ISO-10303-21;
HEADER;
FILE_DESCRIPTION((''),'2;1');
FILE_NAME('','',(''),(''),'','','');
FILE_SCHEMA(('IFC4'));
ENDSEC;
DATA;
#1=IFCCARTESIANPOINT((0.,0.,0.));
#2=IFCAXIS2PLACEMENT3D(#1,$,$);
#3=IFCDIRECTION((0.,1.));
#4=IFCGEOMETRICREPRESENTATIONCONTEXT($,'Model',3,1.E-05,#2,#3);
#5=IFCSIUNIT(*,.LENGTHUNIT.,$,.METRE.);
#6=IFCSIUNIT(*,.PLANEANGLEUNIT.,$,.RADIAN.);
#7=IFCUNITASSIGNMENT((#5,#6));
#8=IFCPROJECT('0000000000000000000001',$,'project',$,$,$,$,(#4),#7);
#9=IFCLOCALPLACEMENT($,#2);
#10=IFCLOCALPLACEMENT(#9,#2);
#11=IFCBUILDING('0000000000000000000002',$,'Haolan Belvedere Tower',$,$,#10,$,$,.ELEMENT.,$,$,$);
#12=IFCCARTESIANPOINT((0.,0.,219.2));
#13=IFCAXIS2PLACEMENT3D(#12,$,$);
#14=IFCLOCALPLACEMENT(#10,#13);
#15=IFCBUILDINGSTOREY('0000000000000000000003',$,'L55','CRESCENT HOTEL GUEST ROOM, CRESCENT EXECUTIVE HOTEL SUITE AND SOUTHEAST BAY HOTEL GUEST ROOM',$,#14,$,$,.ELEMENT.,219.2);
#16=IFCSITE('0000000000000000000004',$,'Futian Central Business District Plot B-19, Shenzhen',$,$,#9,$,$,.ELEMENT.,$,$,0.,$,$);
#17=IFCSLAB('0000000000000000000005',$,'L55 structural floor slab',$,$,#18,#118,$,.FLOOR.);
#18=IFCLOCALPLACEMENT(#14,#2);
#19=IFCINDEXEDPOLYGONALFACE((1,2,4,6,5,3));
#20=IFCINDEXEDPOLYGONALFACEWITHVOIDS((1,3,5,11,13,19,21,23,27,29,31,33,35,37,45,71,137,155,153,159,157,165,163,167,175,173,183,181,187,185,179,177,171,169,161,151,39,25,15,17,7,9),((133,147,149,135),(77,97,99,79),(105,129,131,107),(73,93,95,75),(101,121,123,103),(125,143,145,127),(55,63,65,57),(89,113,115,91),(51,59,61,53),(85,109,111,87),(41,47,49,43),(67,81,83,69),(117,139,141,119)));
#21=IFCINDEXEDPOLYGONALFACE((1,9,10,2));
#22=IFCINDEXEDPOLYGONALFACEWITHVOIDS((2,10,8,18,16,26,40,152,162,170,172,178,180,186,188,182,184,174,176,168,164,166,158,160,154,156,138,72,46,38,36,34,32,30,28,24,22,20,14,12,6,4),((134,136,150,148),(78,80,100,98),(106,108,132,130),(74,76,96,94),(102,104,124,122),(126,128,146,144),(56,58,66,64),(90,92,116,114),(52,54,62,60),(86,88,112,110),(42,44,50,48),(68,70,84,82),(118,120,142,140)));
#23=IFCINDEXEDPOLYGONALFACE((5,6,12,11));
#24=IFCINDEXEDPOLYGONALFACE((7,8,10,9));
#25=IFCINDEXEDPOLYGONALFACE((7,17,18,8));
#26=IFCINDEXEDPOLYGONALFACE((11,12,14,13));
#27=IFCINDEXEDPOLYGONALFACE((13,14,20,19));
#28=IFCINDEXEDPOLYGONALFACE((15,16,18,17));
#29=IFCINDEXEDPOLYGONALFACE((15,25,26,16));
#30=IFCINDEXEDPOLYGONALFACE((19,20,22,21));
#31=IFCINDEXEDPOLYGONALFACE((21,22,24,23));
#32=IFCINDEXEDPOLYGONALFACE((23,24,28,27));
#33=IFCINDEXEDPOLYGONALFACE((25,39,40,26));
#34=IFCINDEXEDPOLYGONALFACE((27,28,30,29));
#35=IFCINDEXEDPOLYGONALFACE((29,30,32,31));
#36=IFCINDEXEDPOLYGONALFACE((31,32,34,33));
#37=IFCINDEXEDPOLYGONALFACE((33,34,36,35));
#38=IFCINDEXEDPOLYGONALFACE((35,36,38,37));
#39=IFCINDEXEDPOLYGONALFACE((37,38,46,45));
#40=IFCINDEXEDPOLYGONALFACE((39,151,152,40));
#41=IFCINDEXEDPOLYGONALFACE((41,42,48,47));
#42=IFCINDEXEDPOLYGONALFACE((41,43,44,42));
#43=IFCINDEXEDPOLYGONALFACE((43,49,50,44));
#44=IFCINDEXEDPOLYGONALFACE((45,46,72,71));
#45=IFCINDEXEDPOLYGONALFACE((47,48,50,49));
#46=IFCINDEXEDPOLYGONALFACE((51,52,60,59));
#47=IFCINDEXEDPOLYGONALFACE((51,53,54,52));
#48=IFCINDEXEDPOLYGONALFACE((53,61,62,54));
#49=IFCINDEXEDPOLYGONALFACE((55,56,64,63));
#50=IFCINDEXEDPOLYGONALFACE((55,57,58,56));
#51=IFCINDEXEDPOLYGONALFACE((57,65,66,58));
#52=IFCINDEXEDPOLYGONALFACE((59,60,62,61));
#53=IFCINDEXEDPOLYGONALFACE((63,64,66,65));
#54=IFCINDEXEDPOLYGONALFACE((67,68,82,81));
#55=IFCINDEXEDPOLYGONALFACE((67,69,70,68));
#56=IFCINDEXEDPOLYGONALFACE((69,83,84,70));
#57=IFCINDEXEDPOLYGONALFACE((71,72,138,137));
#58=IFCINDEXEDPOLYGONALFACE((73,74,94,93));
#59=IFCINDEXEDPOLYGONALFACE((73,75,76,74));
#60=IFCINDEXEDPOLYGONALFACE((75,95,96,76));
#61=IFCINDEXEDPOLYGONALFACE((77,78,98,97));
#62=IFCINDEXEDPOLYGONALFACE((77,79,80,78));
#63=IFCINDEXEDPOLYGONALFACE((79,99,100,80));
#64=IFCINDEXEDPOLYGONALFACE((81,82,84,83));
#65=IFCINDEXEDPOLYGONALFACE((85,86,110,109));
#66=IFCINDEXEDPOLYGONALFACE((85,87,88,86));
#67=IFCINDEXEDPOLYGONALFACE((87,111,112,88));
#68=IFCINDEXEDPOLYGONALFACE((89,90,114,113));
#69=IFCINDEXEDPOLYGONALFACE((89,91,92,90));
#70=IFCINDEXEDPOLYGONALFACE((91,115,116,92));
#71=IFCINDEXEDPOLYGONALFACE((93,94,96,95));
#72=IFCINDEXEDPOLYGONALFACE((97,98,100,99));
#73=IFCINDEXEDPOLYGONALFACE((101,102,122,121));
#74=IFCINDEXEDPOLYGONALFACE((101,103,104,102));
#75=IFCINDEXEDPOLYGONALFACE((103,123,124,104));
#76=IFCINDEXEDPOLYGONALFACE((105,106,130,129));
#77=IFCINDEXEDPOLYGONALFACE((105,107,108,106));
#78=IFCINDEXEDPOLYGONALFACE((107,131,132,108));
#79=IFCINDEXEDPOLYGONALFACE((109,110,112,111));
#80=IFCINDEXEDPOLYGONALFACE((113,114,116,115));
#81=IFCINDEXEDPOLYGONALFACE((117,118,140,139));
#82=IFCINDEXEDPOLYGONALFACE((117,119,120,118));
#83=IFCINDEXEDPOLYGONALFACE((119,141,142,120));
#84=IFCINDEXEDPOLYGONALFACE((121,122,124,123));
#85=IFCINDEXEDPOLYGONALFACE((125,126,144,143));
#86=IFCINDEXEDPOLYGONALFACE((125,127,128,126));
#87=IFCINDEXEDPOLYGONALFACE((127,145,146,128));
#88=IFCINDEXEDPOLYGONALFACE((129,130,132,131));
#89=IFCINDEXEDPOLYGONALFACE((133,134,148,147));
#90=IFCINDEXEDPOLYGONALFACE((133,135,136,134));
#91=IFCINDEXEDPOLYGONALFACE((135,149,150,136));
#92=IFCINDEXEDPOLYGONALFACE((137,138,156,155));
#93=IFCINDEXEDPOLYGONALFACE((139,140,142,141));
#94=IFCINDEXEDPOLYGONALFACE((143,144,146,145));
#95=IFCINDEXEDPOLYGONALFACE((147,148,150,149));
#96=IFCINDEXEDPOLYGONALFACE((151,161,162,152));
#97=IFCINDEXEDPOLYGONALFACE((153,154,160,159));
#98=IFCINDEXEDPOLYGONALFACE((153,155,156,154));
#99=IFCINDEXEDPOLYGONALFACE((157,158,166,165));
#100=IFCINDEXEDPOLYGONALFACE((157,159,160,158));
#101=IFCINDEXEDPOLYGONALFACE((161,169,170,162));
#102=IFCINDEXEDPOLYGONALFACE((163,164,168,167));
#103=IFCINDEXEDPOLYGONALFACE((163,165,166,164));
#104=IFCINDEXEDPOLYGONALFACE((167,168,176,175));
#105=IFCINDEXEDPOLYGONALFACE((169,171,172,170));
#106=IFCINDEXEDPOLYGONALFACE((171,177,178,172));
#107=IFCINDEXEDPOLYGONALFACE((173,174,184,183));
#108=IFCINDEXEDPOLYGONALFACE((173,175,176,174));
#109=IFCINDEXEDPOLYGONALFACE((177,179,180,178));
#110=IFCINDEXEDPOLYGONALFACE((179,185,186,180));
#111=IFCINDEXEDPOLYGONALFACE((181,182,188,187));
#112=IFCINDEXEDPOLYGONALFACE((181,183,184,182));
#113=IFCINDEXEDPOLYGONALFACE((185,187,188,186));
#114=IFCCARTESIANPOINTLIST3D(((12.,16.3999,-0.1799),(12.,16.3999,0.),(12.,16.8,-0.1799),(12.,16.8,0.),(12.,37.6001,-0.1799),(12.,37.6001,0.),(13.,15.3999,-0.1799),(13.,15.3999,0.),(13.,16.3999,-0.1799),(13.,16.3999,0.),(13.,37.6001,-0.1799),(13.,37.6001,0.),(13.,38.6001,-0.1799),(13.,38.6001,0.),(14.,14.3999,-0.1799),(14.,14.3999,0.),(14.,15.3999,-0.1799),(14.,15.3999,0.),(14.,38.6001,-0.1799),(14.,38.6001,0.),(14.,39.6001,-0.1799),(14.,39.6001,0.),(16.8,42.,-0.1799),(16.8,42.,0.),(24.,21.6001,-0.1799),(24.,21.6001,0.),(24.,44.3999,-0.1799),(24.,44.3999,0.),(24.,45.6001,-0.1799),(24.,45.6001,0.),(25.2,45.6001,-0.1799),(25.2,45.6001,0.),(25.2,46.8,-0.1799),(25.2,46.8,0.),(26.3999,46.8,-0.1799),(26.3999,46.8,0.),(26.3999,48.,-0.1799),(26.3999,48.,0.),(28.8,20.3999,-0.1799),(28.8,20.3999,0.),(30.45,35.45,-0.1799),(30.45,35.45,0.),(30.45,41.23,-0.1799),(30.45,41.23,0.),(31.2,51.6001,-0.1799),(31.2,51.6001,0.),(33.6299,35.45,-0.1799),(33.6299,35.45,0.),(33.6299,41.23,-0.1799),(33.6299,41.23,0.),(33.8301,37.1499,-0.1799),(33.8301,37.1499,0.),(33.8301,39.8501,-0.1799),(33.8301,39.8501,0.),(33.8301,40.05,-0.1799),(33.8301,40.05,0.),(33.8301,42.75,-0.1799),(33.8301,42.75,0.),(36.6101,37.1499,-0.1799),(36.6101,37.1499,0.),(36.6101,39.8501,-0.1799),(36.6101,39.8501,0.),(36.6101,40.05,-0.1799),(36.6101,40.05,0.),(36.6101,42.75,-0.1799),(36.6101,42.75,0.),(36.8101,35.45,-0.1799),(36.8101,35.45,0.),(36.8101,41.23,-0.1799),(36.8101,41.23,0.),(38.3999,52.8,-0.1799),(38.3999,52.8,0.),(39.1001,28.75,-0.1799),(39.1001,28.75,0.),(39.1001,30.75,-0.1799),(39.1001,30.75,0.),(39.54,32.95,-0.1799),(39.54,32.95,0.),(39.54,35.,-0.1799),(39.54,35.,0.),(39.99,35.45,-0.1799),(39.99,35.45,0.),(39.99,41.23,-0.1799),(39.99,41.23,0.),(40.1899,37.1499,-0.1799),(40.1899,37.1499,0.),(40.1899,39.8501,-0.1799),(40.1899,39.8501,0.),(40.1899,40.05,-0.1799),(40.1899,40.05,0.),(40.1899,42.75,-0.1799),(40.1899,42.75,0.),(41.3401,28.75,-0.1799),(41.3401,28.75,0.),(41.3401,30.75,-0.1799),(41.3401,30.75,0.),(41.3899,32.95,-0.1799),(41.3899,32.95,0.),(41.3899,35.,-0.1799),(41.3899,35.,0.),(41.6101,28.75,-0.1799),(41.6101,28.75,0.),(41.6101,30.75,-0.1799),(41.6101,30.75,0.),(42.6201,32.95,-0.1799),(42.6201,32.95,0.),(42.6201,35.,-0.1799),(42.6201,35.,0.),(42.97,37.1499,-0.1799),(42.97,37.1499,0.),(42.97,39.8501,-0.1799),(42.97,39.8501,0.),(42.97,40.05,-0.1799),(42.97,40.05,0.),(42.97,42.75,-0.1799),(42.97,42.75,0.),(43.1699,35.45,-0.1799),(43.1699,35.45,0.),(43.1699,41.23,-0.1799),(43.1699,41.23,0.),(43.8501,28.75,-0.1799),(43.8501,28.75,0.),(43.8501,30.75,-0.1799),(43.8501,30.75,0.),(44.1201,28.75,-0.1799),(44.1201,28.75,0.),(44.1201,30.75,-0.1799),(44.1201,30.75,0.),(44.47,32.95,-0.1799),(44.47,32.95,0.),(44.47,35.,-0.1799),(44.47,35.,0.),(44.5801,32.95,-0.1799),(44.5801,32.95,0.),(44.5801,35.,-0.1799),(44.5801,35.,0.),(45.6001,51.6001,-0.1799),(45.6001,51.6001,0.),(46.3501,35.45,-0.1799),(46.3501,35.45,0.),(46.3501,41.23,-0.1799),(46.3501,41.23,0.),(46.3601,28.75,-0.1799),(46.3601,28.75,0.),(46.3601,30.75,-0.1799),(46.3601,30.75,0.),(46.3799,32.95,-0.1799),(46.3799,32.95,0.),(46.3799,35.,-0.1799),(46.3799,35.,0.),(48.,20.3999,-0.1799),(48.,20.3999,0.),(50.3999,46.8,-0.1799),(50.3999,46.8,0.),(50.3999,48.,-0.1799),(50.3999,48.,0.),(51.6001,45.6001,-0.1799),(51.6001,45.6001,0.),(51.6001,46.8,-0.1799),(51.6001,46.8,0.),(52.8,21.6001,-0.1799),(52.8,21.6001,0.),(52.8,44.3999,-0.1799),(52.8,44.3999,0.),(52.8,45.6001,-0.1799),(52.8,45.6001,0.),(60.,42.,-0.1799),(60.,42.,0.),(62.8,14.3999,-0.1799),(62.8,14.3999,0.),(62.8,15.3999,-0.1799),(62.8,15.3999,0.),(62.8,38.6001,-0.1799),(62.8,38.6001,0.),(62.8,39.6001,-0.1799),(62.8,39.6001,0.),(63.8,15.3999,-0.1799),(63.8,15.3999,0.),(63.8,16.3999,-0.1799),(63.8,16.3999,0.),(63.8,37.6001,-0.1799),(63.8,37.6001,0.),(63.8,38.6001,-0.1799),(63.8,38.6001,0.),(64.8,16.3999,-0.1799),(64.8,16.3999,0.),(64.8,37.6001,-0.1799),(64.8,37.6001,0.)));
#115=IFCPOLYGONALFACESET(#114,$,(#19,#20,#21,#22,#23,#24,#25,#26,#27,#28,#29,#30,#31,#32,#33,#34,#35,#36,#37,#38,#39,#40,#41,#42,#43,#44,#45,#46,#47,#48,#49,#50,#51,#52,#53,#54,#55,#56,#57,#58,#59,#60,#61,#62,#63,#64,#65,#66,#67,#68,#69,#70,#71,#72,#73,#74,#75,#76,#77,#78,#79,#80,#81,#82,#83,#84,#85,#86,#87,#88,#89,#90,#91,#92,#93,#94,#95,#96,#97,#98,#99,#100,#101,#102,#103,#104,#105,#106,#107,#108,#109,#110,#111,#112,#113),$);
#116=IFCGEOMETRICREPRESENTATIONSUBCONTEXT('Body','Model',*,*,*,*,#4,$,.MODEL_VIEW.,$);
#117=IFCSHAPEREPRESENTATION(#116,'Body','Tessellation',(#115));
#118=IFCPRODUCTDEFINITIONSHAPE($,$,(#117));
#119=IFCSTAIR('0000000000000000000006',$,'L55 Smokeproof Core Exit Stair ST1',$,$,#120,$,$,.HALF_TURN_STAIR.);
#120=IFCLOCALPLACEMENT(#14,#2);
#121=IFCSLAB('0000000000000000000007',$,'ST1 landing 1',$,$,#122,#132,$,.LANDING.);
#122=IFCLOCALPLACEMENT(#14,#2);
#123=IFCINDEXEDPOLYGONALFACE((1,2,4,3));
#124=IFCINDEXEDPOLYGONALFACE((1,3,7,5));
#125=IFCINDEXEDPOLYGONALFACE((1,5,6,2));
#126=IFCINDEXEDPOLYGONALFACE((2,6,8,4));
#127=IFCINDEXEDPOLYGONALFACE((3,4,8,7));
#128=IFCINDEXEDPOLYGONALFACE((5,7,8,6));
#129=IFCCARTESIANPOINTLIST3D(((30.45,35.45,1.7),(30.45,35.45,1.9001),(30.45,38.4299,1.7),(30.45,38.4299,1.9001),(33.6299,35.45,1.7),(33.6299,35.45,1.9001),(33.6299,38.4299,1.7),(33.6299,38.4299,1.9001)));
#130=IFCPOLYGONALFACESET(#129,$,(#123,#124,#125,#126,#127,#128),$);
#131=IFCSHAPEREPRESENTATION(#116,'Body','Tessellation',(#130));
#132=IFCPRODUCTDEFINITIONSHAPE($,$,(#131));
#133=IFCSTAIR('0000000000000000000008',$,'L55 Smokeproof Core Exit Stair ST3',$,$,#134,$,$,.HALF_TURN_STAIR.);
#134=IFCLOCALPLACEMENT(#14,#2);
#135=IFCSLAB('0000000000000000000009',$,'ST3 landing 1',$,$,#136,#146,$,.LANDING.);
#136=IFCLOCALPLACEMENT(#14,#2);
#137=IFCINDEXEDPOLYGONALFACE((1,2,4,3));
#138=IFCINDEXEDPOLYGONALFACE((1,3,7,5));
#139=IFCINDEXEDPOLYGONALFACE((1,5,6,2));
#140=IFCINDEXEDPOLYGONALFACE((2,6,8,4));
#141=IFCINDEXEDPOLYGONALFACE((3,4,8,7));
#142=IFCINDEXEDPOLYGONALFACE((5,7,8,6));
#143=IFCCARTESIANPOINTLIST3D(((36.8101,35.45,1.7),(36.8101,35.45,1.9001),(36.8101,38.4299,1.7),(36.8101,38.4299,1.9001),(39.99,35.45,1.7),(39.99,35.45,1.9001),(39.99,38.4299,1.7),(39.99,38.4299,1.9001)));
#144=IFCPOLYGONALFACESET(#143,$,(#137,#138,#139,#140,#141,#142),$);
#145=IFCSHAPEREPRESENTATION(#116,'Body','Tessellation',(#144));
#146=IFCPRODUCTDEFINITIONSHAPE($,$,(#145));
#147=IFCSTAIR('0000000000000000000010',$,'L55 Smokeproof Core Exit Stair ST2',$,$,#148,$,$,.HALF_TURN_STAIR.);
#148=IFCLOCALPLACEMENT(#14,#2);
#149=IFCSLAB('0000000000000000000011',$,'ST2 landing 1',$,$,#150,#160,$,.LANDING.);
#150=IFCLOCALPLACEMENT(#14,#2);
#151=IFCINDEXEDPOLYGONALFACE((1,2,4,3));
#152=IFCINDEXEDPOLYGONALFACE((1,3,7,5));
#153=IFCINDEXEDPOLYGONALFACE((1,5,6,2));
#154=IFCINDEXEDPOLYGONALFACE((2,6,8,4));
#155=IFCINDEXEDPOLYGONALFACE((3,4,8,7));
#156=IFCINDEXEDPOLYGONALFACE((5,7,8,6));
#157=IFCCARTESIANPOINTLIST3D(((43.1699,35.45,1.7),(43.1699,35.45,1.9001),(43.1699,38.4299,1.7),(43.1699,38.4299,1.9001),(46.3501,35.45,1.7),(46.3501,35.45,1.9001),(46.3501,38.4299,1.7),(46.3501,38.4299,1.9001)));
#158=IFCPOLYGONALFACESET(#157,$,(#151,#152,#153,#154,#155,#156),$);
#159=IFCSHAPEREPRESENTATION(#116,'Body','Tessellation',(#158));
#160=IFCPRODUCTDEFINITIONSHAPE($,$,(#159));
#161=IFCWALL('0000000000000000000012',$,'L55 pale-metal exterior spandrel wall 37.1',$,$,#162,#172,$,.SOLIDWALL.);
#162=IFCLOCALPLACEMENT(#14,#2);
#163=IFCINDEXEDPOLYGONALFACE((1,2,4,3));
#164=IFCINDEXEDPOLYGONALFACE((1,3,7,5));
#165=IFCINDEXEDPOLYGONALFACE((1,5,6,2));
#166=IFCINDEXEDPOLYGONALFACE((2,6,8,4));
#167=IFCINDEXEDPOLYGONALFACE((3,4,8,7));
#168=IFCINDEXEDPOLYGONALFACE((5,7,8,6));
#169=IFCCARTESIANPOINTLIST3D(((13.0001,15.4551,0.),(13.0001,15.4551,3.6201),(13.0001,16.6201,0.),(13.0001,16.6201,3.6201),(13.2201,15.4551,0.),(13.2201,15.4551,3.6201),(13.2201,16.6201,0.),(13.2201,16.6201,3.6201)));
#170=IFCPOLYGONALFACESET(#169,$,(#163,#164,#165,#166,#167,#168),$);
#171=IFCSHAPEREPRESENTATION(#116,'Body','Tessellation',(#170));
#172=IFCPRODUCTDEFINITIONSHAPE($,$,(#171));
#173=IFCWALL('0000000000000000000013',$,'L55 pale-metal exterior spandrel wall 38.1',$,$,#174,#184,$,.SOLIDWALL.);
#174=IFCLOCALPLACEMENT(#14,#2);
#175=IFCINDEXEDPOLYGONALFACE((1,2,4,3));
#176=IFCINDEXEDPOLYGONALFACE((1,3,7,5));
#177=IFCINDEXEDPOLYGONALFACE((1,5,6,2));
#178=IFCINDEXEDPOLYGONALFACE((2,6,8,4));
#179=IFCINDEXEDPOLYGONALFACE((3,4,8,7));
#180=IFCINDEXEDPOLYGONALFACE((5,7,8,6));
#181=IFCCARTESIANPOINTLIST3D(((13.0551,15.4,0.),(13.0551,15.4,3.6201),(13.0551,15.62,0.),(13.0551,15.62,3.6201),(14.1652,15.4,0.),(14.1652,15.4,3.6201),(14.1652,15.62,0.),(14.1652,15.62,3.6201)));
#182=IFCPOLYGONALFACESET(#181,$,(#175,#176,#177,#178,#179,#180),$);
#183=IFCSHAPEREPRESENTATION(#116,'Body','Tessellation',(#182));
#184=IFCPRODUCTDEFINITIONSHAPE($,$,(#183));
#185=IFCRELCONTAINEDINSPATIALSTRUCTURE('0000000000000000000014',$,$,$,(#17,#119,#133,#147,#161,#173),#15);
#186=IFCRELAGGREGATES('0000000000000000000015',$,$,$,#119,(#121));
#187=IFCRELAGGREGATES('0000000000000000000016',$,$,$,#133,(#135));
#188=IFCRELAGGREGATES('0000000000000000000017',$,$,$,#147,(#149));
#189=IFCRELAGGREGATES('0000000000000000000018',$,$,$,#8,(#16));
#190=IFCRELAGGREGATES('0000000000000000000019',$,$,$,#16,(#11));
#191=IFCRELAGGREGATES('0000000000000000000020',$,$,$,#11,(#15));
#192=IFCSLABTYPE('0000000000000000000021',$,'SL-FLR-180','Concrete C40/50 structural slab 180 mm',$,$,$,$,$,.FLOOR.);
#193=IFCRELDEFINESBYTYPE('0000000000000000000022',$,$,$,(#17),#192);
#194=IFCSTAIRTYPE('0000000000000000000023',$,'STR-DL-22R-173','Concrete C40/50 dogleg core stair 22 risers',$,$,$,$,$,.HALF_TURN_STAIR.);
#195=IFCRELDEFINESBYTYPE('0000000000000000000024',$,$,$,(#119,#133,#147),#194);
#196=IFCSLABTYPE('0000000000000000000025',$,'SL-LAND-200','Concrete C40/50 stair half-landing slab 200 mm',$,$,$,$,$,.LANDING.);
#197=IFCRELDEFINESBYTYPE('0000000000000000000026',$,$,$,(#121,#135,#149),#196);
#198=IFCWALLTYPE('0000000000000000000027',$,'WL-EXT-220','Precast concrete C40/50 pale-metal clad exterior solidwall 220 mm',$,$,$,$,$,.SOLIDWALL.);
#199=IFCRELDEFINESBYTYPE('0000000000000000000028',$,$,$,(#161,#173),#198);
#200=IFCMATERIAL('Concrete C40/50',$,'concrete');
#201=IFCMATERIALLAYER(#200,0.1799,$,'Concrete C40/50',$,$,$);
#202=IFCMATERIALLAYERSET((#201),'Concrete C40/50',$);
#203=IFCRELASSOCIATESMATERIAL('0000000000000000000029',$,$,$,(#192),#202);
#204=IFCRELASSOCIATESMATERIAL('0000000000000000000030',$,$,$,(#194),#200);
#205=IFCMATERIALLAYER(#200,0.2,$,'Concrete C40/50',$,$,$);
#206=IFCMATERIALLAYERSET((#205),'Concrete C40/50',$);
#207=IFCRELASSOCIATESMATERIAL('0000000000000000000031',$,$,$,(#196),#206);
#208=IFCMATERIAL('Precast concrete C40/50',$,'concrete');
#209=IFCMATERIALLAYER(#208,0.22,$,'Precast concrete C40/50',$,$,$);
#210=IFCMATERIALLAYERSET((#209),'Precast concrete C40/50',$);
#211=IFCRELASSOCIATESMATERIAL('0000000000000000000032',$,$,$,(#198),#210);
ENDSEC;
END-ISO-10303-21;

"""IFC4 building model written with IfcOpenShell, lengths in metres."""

from ifc_helpers import new_model, si_unit, direction, frame, frame_2d, origin, place, context, subcontext, project, spatial, polyline, rectangle, outline, extrude, material, layer, layer_set, type_object, element, aggregate, save


model = new_model("IFC4")

# Units and contexts
model_context = context("Model", 3, precision=1e-05, world=origin(), true_north=direction((0.0, 1.0)))
body_context = subcontext(model_context, "Body", "Model", "MODEL_VIEW")
ifc_project = project(units=[si_unit("LENGTHUNIT", "METRE"), si_unit("PLANEANGLEUNIT", "RADIAN")], contexts=[model_context])

# Site, building, storey
site_placement = place(None, origin())
site = spatial("IfcSite", under=ifc_project, at=site_placement, Name="Futian Central Business District Plot B-19, Shenzhen", CompositionType="ELEMENT", RefElevation=0.0)
building_placement = place(site_placement, origin())
building = spatial("IfcBuilding", under=site, at=building_placement, Name="Haolan Belvedere Tower", CompositionType="ELEMENT")
storey_placement = place(building_placement, frame((0.0, 0.0, 219.2)))
storey = spatial("IfcBuildingStorey", under=building, at=storey_placement, Name="L55", Description="CRESCENT HOTEL GUEST ROOM, CRESCENT EXECUTIVE HOTEL SUITE AND SOUTHEAST BAY HOTEL GUEST ROOM", CompositionType="ELEMENT", Elevation=219.2)

# Slab
ifc_material_1 = material(Name="Concrete C40/50", Category="concrete")
ifc_layer_1 = layer(ifc_material_1, 0.1799, Name="Concrete C40/50")
ifc_layer_set_1 = layer_set([ifc_layer_1], Name="Concrete C40/50")
slab_type_1 = type_object("IfcSlabType", Name="SL-FLR-180", Description="Concrete C40/50 structural slab 180 mm", PredefinedType="FLOOR", material=ifc_layer_set_1)
slab_1_placement = place(storey_placement, frame((0.0, 0.0, -0.1799)))
element("IfcSlab", 1, at=slab_1_placement, inside=storey, type_object=slab_type_1, Name="L55 structural floor slab", PredefinedType="FLOOR", context=body_context, shape_type="SweptSolid", body=[
    extrude(outline(polyline([(24.0, 21.6001), (28.8, 20.3999), (48.0, 20.3999), (52.8, 21.6001), (62.8, 14.3999), (62.8, 15.3999), (63.8, 15.3999), (63.8, 16.3999), (64.8, 16.3999), (64.8, 37.6001), (63.8, 37.6001), (63.8, 38.6001), (62.8, 38.6001), (62.8, 39.6001), (60.0, 42.0), (52.8, 44.3999), (52.8, 45.6001), (51.6001, 45.6001), (51.6001, 46.8), (50.3999, 46.8), (50.3999, 48.0), (45.6001, 51.6001), (38.3999, 52.8), (31.2, 51.6001), (26.3999, 48.0), (26.3999, 46.8), (25.2, 46.8), (25.2, 45.6001), (24.0, 45.6001), (24.0, 44.3999), (16.8, 42.0), (14.0, 39.6001), (14.0, 38.6001), (13.0, 38.6001), (13.0, 37.6001), (12.0, 37.6001), (12.0, 16.8), (12.0, 16.3999), (13.0, 16.3999), (13.0, 15.3999), (14.0, 15.3999), (14.0, 14.3999), (24.0, 21.6001)]), holes=[polyline([(30.45, 41.23), (30.45, 35.45), (33.6299, 35.45), (33.6299, 41.23), (30.45, 41.23)]), polyline([(36.8101, 41.23), (36.8101, 35.45), (39.99, 35.45), (39.99, 41.23), (36.8101, 41.23)]), polyline([(43.1699, 41.23), (43.1699, 35.45), (46.3501, 35.45), (46.3501, 41.23), (43.1699, 41.23)]), polyline([(33.8301, 40.05), (36.6101, 40.05), (36.6101, 42.75), (33.8301, 42.75), (33.8301, 40.05)]), polyline([(33.8301, 37.1499), (36.6101, 37.1499), (36.6101, 39.8501), (33.8301, 39.8501), (33.8301, 37.1499)]), polyline([(40.1899, 40.05), (42.97, 40.05), (42.97, 42.75), (40.1899, 42.75), (40.1899, 40.05)]), polyline([(40.1899, 37.1499), (42.97, 37.1499), (42.97, 39.8501), (40.1899, 39.8501), (40.1899, 37.1499)]), polyline([(39.54, 32.95), (41.3899, 32.95), (41.3899, 35.0), (39.54, 35.0), (39.54, 32.95)]), polyline([(42.6201, 32.95), (44.47, 32.95), (44.47, 35.0), (42.6201, 35.0), (42.6201, 32.95)]), polyline([(44.5801, 32.95), (46.3799, 32.95), (46.3799, 35.0), (44.5801, 35.0), (44.5801, 32.95)]), polyline([(39.1001, 28.75), (41.3401, 28.75), (41.3401, 30.75), (39.1001, 30.75), (39.1001, 28.75)]), polyline([(41.6101, 28.75), (43.8501, 28.75), (43.8501, 30.75), (41.6101, 30.75), (41.6101, 28.75)]), polyline([(44.1201, 28.75), (46.3601, 28.75), (46.3601, 30.75), (44.1201, 30.75), (44.1201, 28.75)])]), origin(), (0.0, 0.0, 1.0), 0.1799),
])

# Stairs, slabs
stair_type = type_object("IfcStairType", Name="STR-DL-22R-173", Description="Concrete C40/50 dogleg core stair 22 risers", PredefinedType="HALF_TURN_STAIR", material=ifc_material_1)
stair_1_placement = place(storey_placement, origin())
stair_1 = element("IfcStair", 2, at=stair_1_placement, inside=storey, type_object=stair_type, Name="L55 Smokeproof Core Exit Stair ST1", PredefinedType="HALF_TURN_STAIR")
ifc_layer_2 = layer(ifc_material_1, 0.2, Name="Concrete C40/50")
ifc_layer_set_2 = layer_set([ifc_layer_2], Name="Concrete C40/50")
slab_type_2 = type_object("IfcSlabType", Name="SL-LAND-200", Description="Concrete C40/50 stair half-landing slab 200 mm", PredefinedType="LANDING", material=ifc_layer_set_2)
slab_2_placement = place(storey_placement, frame((0.0, 0.0, 1.7)))
slab_2 = element("IfcSlab", 3, at=slab_2_placement, type_object=slab_type_2, Name="ST1 landing 1", PredefinedType="LANDING", context=body_context, shape_type="SweptSolid", body=[
    extrude(outline(polyline([(30.45, 38.4299), (30.45, 35.45), (33.6299, 35.45), (33.6299, 38.4299), (30.45, 38.4299)])), origin(), (0.0, 0.0, 1.0), 0.2002),
])
aggregate(stair_1, [slab_2])
stair_2_placement = place(storey_placement, origin())
stair_2 = element("IfcStair", 4, at=stair_2_placement, inside=storey, type_object=stair_type, Name="L55 Smokeproof Core Exit Stair ST3", PredefinedType="HALF_TURN_STAIR")
slab_3_placement = place(storey_placement, frame((0.0, 0.0, 1.7)))
slab_3 = element("IfcSlab", 5, at=slab_3_placement, type_object=slab_type_2, Name="ST3 landing 1", PredefinedType="LANDING", context=body_context, shape_type="SweptSolid", body=[
    extrude(outline(polyline([(36.8101, 38.4299), (36.8101, 35.45), (39.99, 35.45), (39.99, 38.4299), (36.8101, 38.4299)])), origin(), (0.0, 0.0, 1.0), 0.2002),
])
aggregate(stair_2, [slab_3])
stair_3_placement = place(storey_placement, origin())
stair_3 = element("IfcStair", 6, at=stair_3_placement, inside=storey, type_object=stair_type, Name="L55 Smokeproof Core Exit Stair ST2", PredefinedType="HALF_TURN_STAIR")
slab_4_placement = place(storey_placement, frame((0.0, 0.0, 1.7)))
slab_4 = element("IfcSlab", 7, at=slab_4_placement, type_object=slab_type_2, Name="ST2 landing 1", PredefinedType="LANDING", context=body_context, shape_type="SweptSolid", body=[
    extrude(outline(polyline([(43.1699, 38.4299), (43.1699, 35.45), (46.3501, 35.45), (46.3501, 38.4299), (43.1699, 38.4299)])), origin(), (0.0, 0.0, 1.0), 0.2002),
])
aggregate(stair_3, [slab_4])

# Walls
ifc_material_2 = material(Name="Precast concrete C40/50", Category="concrete")
ifc_layer_3 = layer(ifc_material_2, 0.22, Name="Precast concrete C40/50")
ifc_layer_set_3 = layer_set([ifc_layer_3], Name="Precast concrete C40/50")
wall_type_1 = type_object("IfcWallType", Name="WL-EXT-220", Description="Precast concrete C40/50 pale-metal clad exterior solidwall 220 mm", PredefinedType="SOLIDWALL", material=ifc_layer_set_3)
wall_1_placement = place(storey_placement, frame((13.1101, 16.6201, 0.0), z_axis=(0.0, 0.0, 1.0), x_axis=(0.0, -1.0, 0.0)))
element("IfcWall", 8, at=wall_1_placement, inside=storey, type_object=wall_type_1, Name="L55 pale-metal exterior spandrel wall 37.1", PredefinedType="SOLIDWALL", context=body_context, shape_type="SweptSolid", body=[
    extrude(rectangle(XDim=1.165, YDim=0.22, at=frame_2d((0.5825, 0.0))), origin(), (0.0, 0.0, 1.0), 3.6201),
])
wall_2_placement = place(storey_placement, frame((13.0549, 15.51, 0.0), z_axis=(0.0, 0.0, 1.0), x_axis=(1.0, 0.0, 0.0)))
element("IfcWall", 9, at=wall_2_placement, inside=storey, type_object=wall_type_1, Name="L55 pale-metal exterior spandrel wall 38.1", PredefinedType="SOLIDWALL", context=body_context, shape_type="SweptSolid", body=[
    extrude(rectangle(XDim=1.1101, YDim=0.22, at=frame_2d((0.5552, 0.0))), origin(), (0.0, 0.0, 1.0), 3.6201),
])

save(model, "model.ifc")
